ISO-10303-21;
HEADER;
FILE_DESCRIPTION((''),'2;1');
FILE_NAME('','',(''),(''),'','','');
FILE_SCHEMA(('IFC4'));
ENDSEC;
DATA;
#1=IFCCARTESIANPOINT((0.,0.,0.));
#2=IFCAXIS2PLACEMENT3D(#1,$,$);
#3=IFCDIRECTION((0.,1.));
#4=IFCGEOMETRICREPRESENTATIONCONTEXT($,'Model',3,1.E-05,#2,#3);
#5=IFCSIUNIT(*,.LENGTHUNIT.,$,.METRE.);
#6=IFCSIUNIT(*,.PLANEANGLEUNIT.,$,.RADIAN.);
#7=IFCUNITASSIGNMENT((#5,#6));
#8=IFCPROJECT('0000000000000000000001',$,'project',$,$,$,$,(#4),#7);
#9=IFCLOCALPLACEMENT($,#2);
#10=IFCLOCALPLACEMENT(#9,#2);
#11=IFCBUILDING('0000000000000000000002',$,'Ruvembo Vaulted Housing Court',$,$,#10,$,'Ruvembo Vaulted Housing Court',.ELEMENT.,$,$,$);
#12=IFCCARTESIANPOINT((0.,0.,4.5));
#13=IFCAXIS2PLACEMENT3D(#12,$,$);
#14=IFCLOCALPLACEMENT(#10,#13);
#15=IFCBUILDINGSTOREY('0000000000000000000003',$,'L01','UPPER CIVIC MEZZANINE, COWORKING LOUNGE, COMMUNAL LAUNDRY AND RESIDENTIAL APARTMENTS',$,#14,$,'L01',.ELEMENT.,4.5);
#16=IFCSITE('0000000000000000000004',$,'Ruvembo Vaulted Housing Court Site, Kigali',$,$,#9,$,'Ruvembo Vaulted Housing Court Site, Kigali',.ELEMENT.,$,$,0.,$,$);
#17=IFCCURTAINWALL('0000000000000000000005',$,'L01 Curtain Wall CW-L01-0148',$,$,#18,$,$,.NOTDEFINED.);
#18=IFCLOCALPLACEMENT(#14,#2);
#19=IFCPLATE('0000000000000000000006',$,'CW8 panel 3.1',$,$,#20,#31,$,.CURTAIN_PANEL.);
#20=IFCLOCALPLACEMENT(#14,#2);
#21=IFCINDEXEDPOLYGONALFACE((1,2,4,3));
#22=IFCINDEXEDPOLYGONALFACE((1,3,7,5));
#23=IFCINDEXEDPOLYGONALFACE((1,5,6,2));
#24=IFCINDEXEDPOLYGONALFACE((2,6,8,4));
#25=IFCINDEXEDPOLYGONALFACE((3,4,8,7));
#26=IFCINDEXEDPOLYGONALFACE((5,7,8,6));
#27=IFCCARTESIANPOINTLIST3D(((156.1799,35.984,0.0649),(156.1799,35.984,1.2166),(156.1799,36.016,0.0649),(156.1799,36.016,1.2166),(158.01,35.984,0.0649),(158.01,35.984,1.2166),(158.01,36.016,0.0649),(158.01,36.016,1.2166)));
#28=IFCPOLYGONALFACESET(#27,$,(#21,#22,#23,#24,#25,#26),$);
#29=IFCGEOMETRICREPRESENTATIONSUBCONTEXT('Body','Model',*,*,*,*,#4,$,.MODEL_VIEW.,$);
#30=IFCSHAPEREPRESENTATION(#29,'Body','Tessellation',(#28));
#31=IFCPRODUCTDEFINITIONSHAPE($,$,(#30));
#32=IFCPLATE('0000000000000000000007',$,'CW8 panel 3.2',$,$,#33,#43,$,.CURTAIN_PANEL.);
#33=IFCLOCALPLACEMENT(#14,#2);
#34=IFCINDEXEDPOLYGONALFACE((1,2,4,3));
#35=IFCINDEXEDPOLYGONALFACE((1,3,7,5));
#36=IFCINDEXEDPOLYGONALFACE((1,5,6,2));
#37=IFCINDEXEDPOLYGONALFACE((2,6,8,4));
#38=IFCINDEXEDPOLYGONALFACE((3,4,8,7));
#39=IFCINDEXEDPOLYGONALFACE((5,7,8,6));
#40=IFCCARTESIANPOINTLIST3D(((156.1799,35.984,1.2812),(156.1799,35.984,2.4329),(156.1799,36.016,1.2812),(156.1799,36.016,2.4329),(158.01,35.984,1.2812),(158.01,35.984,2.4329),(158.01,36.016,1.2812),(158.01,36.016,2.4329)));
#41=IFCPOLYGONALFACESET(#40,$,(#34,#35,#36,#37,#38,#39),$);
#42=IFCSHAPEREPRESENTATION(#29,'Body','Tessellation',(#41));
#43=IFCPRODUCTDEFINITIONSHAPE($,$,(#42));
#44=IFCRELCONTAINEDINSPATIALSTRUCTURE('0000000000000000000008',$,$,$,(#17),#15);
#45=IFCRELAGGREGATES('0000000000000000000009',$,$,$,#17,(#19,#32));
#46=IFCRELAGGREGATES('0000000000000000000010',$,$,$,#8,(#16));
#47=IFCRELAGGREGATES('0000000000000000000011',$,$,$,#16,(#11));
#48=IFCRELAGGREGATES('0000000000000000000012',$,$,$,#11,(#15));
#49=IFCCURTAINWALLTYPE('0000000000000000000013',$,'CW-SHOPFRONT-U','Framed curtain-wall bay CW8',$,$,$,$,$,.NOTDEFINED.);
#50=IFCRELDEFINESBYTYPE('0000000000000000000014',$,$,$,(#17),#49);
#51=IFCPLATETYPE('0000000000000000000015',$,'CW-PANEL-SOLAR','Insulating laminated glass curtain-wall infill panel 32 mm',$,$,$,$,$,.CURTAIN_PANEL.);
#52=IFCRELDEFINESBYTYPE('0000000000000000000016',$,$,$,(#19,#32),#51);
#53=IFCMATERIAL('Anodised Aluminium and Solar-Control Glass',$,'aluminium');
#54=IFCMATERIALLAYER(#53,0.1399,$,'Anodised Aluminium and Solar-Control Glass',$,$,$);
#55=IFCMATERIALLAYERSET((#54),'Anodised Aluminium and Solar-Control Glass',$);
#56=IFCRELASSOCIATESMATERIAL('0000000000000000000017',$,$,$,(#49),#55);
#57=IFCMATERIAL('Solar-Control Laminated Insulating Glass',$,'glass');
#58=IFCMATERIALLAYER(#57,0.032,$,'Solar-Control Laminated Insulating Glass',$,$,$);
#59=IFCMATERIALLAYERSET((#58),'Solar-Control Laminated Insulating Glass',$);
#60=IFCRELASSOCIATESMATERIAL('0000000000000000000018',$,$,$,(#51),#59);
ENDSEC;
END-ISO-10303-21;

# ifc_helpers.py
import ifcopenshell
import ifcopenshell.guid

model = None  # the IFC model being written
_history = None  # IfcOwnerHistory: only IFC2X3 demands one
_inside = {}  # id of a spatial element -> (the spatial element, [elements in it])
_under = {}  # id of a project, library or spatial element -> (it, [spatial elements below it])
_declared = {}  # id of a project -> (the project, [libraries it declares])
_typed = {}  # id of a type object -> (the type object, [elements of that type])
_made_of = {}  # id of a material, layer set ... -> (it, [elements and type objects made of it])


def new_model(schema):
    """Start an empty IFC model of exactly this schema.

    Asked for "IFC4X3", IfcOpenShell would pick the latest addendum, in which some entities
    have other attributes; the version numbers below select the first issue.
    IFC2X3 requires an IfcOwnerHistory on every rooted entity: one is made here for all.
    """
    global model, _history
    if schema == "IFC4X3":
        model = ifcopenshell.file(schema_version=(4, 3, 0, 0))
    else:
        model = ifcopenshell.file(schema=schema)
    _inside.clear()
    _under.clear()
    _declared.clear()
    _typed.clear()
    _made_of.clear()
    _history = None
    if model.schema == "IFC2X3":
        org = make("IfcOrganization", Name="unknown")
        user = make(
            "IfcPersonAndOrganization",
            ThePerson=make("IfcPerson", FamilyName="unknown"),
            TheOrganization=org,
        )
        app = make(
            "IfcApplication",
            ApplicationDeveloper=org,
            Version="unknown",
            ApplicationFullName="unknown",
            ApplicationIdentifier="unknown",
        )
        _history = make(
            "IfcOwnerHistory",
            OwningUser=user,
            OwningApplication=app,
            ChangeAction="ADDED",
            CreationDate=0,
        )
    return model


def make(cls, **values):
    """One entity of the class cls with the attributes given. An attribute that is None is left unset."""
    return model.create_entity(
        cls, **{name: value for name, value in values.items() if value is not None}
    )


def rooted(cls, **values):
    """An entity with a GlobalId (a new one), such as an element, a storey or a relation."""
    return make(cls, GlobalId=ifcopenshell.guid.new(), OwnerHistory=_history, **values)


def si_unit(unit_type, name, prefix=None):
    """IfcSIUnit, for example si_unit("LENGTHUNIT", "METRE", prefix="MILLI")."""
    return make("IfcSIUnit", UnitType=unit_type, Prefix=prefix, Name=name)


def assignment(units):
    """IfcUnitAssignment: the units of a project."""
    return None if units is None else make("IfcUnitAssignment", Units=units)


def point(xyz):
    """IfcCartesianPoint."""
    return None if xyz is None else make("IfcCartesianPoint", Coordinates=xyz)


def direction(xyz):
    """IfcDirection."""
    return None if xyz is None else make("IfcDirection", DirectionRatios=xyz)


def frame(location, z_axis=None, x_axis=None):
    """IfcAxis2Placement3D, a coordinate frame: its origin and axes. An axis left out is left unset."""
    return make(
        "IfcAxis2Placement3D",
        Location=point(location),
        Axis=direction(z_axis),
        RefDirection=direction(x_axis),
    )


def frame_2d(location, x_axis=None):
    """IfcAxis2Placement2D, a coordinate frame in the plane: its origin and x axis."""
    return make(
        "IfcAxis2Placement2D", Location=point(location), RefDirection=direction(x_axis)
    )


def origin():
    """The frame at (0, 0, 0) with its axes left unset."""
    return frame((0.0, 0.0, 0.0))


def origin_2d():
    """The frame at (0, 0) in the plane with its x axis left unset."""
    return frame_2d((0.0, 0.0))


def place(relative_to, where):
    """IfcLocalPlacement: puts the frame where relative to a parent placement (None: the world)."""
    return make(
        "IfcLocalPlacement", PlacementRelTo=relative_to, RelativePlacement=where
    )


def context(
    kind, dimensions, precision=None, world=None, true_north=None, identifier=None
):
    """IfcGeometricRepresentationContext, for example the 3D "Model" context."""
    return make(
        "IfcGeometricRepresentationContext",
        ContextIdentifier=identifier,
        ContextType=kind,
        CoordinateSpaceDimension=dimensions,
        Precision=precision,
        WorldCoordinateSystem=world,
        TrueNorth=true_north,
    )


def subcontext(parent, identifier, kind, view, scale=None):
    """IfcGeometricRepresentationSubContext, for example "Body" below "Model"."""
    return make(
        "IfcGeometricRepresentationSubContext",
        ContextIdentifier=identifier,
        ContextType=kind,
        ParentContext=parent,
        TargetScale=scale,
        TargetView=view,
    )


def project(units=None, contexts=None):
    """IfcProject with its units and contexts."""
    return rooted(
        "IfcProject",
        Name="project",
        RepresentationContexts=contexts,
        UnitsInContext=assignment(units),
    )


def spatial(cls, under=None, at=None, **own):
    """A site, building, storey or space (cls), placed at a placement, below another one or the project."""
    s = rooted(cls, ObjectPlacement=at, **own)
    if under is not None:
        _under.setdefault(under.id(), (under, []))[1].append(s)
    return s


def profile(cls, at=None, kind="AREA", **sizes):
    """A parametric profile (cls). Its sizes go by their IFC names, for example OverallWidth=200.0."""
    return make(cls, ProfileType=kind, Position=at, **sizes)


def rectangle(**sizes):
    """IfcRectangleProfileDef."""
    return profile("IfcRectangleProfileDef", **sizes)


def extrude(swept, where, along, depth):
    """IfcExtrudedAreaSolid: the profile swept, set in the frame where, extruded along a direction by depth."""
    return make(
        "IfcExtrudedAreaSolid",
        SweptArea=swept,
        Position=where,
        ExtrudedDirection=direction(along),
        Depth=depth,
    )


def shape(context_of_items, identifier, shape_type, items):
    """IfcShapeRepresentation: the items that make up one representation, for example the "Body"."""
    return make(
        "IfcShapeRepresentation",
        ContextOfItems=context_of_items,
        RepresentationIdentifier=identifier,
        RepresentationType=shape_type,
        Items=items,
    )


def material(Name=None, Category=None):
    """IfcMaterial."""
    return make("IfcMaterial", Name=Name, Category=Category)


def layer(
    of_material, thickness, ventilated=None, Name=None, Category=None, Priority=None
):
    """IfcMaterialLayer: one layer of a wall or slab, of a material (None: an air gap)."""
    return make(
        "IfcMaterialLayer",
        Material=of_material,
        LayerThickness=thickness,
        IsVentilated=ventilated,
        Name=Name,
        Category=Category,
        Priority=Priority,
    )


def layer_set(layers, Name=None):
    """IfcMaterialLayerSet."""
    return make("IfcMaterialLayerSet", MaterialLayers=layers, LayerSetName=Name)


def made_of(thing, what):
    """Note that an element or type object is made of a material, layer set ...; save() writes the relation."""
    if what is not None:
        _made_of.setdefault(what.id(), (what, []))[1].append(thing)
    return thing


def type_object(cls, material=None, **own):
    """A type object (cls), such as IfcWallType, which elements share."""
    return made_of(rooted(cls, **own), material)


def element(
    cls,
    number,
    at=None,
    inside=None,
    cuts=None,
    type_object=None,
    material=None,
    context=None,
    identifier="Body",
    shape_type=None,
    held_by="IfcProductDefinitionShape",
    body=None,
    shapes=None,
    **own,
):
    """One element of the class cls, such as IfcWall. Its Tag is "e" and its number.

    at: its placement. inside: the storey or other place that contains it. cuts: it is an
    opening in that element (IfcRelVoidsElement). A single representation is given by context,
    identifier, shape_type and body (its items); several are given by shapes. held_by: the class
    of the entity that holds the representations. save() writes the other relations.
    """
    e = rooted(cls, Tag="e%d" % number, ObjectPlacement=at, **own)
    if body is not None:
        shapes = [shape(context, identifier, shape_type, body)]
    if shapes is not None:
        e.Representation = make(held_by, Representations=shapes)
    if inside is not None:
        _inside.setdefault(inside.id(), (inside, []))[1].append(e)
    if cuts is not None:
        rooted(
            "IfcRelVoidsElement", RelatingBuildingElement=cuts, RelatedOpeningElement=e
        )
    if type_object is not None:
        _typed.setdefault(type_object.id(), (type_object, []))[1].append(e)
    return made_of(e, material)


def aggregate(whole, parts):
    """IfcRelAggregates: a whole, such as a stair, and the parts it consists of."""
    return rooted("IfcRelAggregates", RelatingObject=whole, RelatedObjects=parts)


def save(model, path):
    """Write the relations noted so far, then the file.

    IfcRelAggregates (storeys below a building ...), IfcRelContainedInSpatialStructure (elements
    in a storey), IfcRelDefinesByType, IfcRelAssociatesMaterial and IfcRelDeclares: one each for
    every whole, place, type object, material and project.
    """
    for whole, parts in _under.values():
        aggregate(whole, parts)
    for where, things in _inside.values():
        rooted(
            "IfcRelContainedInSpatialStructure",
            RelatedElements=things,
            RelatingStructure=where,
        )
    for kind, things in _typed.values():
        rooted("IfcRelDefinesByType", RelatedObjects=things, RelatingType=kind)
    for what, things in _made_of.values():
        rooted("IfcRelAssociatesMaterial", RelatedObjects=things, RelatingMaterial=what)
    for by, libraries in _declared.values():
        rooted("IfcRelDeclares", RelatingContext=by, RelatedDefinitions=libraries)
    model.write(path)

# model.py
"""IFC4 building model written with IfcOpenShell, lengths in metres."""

from ifc_helpers import new_model, si_unit, direction, frame, origin, origin_2d, place, context, subcontext, project, spatial, rectangle, extrude, material, layer, layer_set, type_object, element, aggregate, save


model = new_model("IFC4")

# Units and contexts
model_context = context("Model", 3, precision=1e-05, world=origin(), true_north=direction((0.0, 1.0)))
body_context = subcontext(model_context, "Body", "Model", "MODEL_VIEW")
ifc_project = project(units=[si_unit("LENGTHUNIT", "METRE"), si_unit("PLANEANGLEUNIT", "RADIAN")], contexts=[model_context])

# Site, building, storey
site_placement = place(None, origin())
site = spatial("IfcSite", under=ifc_project, at=site_placement, Name="Ruvembo Vaulted Housing Court Site, Kigali", LongName="Ruvembo Vaulted Housing Court Site, Kigali", CompositionType="ELEMENT", RefElevation=0.0)
building_placement = place(site_placement, origin())
building = spatial("IfcBuilding", under=site, at=building_placement, Name="Ruvembo Vaulted Housing Court", LongName="Ruvembo Vaulted Housing Court", CompositionType="ELEMENT")
storey_placement = place(building_placement, frame((0.0, 0.0, 4.5)))
storey = spatial("IfcBuildingStorey", under=building, at=storey_placement, Name="L01", Description="UPPER CIVIC MEZZANINE, COWORKING LOUNGE, COMMUNAL LAUNDRY AND RESIDENTIAL APARTMENTS", LongName="L01", CompositionType="ELEMENT", Elevation=4.5)

# Shared definitions
ifc_material_1 = material(Name="Anodised Aluminium and Solar-Control Glass", Category="aluminium")
ifc_layer_1 = layer(ifc_material_1, 0.1399, Name="Anodised Aluminium and Solar-Control Glass")
ifc_layer_set_1 = layer_set([ifc_layer_1], Name="Anodised Aluminium and Solar-Control Glass")
curtain_wall_type = type_object("IfcCurtainWallType", Name="CW-SHOPFRONT-U", Description="Framed curtain-wall bay CW8", PredefinedType="NOTDEFINED", material=ifc_layer_set_1)

# Curtain wall
curtain_wall_1_placement = place(storey_placement, origin())
curtain_wall_1 = element("IfcCurtainWall", 1, at=curtain_wall_1_placement, inside=storey, type_object=curtain_wall_type, Name="L01 Curtain Wall CW-L01-0148", PredefinedType="NOTDEFINED")

# Plates
ifc_material_2 = material(Name="Solar-Control Laminated Insulating Glass", Category="glass")
ifc_layer_2 = layer(ifc_material_2, 0.032, Name="Solar-Control Laminated Insulating Glass")
ifc_layer_set_2 = layer_set([ifc_layer_2], Name="Solar-Control Laminated Insulating Glass")
plate_type_1 = type_object("IfcPlateType", Name="CW-PANEL-SOLAR", Description="Insulating laminated glass curtain-wall infill panel 32 mm", PredefinedType="CURTAIN_PANEL", material=ifc_layer_set_2)
plate_1_placement = place(storey_placement, frame((157.095, 36.0, 0.0649), z_axis=(0.0, 0.0, 1.0), x_axis=(-1.0, 0.0, 0.0)))
plate_1 = element("IfcPlate", 2, at=plate_1_placement, type_object=plate_type_1, Name="CW8 panel 3.1", PredefinedType="CURTAIN_PANEL", context=body_context, shape_type="SweptSolid", body=[
    extrude(rectangle(XDim=1.8301, YDim=0.032, at=origin_2d()), origin(), (0.0, 0.0, 1.0), 1.1516),
])
plate_2_placement = place(storey_placement, frame((157.095, 36.0, 1.2812), z_axis=(0.0, 0.0, 1.0), x_axis=(-1.0, 0.0, 0.0)))
plate_2 = element("IfcPlate", 3, at=plate_2_placement, type_object=plate_type_1, Name="CW8 panel 3.2", PredefinedType="CURTAIN_PANEL", context=body_context, shape_type="SweptSolid", body=[
    extrude(rectangle(XDim=1.8301, YDim=0.032, at=origin_2d()), origin(), (0.0, 0.0, 1.0), 1.1516),
])
aggregate(curtain_wall_1, [plate_1, plate_2])

save(model, "model.ifc")
